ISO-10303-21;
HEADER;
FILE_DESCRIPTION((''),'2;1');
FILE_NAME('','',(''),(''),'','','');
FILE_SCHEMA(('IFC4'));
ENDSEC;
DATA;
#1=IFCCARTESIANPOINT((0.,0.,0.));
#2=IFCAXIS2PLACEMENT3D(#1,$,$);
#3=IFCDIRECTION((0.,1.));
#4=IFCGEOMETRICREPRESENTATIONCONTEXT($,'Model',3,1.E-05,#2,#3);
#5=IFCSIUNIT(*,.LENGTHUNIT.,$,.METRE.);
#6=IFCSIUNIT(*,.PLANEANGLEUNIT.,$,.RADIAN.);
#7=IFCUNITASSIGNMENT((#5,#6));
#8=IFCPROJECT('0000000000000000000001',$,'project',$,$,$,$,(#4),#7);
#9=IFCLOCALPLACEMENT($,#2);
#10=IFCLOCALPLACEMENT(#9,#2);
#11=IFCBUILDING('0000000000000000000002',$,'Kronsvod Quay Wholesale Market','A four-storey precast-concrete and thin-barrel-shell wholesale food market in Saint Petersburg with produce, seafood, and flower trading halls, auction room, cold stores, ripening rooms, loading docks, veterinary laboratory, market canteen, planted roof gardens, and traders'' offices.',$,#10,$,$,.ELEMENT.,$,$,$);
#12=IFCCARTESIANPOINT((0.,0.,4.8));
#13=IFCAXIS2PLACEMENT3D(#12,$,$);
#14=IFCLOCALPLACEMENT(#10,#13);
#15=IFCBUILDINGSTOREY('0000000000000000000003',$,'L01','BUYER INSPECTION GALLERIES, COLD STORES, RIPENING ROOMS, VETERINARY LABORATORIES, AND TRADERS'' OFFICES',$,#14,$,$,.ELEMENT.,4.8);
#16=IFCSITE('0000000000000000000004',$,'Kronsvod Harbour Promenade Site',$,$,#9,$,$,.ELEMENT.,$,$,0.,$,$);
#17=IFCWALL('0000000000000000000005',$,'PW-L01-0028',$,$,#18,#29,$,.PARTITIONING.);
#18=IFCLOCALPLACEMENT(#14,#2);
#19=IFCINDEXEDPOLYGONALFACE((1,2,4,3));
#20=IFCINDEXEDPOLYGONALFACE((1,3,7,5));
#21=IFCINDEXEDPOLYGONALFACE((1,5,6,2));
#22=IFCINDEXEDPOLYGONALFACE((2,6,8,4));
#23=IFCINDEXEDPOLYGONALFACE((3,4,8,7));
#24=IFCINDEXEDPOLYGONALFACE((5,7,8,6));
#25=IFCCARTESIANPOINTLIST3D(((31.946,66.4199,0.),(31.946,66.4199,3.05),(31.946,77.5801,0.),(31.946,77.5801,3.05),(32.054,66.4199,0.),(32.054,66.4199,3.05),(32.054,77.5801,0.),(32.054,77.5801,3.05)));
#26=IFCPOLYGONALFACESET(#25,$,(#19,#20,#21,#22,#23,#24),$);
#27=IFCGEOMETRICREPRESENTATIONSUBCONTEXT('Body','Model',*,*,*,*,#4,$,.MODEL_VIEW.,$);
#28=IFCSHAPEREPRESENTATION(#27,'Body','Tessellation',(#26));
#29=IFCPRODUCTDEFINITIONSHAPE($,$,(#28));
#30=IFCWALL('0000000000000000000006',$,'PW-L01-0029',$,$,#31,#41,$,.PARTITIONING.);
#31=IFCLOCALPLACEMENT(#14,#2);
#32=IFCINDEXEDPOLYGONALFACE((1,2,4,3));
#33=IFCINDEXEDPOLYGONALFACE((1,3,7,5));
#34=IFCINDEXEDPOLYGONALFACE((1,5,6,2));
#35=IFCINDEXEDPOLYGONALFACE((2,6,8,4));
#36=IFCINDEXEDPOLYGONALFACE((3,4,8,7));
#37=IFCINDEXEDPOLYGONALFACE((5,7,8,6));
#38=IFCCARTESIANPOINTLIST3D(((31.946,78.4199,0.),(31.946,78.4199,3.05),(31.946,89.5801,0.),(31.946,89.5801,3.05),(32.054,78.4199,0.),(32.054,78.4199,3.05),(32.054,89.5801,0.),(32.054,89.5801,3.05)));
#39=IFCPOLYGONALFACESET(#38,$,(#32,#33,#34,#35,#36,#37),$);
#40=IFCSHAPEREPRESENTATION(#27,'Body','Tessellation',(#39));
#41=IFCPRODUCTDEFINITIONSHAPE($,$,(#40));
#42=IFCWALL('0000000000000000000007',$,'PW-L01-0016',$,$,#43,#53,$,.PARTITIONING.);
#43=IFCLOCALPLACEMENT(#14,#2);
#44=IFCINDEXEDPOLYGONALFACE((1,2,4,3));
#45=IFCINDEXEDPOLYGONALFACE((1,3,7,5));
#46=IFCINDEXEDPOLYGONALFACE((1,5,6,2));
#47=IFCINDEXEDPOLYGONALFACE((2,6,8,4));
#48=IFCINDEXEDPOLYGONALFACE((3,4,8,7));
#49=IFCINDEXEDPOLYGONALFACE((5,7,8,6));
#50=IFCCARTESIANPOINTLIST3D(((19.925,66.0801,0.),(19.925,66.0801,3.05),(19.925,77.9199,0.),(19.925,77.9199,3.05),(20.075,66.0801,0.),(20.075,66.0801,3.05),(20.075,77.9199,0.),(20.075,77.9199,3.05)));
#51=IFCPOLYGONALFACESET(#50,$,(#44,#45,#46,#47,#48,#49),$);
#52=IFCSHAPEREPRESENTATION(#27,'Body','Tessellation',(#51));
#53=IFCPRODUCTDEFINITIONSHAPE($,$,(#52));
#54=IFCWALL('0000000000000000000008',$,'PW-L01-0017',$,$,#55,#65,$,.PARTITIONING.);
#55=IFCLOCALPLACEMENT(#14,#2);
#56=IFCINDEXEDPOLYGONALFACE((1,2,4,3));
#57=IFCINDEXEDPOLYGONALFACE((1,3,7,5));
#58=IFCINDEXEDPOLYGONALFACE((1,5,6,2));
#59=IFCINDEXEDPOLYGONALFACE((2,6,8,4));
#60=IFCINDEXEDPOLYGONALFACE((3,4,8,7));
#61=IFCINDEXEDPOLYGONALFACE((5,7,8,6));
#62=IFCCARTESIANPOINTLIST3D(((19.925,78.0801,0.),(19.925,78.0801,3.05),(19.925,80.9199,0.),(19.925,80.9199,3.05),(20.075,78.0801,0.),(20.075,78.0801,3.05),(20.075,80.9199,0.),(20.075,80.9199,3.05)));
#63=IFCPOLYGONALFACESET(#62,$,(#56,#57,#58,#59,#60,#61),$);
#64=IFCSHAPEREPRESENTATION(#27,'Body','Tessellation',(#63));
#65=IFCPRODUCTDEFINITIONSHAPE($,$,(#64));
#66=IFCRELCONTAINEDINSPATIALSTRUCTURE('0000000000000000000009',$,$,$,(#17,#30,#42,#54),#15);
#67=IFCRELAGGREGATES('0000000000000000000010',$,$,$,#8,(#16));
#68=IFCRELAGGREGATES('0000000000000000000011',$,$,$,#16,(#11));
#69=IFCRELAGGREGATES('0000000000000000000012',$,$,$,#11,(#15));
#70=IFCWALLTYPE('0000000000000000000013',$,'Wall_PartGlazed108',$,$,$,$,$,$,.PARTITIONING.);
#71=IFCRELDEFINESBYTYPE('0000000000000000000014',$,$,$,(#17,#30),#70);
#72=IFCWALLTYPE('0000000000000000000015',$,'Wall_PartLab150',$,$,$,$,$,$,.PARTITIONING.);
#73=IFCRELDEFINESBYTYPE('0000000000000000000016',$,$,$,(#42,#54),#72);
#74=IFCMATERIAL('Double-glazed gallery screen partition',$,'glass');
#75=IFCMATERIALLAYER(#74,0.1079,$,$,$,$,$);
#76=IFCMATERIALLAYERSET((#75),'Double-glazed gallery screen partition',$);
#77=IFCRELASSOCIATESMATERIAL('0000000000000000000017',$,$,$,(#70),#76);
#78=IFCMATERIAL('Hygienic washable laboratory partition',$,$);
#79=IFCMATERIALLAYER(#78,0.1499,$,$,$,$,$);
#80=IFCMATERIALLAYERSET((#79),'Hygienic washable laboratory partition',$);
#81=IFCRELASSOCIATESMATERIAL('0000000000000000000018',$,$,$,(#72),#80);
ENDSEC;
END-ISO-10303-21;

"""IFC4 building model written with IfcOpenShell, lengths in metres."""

from ifc_helpers import new_model, si_unit, direction, frame, frame_2d, origin, place, context, subcontext, project, spatial, rectangle, extrude, material, layer, layer_set, type_object, element, save


model = new_model("IFC4")

# Units and contexts
model_context = context("Model", 3, precision=1e-05, world=origin(), true_north=direction((0.0, 1.0)))
body_context = subcontext(model_context, "Body", "Model", "MODEL_VIEW")
ifc_project = project(units=[si_unit("LENGTHUNIT", "METRE"), si_unit("PLANEANGLEUNIT", "RADIAN")], contexts=[model_context])

# Site, building, storey
site_placement = place(None, origin())
site = spatial("IfcSite", under=ifc_project, at=site_placement, Name="Kronsvod Harbour Promenade Site", CompositionType="ELEMENT", RefElevation=0.0)
building_placement = place(site_placement, origin())
building = spatial("IfcBuilding", under=site, at=building_placement, Name="Kronsvod Quay Wholesale Market", Description="A four-storey precast-concrete and thin-barrel-shell wholesale food market in Saint Petersburg with produce, seafood, and flower trading halls, auction room, cold stores, ripening rooms, loading docks, veterinary laboratory, market canteen, planted roof gardens, and traders' offices.", CompositionType="ELEMENT")
storey_placement = place(building_placement, frame((0.0, 0.0, 4.8)))
storey = spatial("IfcBuildingStorey", under=building, at=storey_placement, Name="L01", Description="BUYER INSPECTION GALLERIES, COLD STORES, RIPENING ROOMS, VETERINARY LABORATORIES, AND TRADERS' OFFICES", CompositionType="ELEMENT", Elevation=4.8)

# Walls
ifc_material_1 = material(Name="Double-glazed gallery screen partition", Category="glass")
ifc_layer_1 = layer(ifc_material_1, 0.1079)
ifc_layer_set_1 = layer_set([ifc_layer_1], Name="Double-glazed gallery screen partition")
wall_type_1 = type_object("IfcWallType", Name="Wall_PartGlazed108", PredefinedType="PARTITIONING", material=ifc_layer_set_1)
for number, where, z_axis, x_axis, name in (
    (1, (32.0, 66.4199, 0.0), (0.0, 0.0, 1.0), (0.0, 1.0, 0.0), "PW-L01-0028"),
    (2, (32.0, 78.4199, 0.0), (0.0, 0.0, 1.0), (0.0, 1.0, 0.0), "PW-L01-0029"),
):
    element("IfcWall", number, at=place(storey_placement, frame(where, z_axis=z_axis, x_axis=x_axis)), inside=storey, type_object=wall_type_1, Name=name, PredefinedType="PARTITIONING", context=body_context, shape_type="SweptSolid", body=[
        extrude(rectangle(XDim=11.1602, YDim=0.1079, at=frame_2d((5.5801, 0.0))), origin(), (0.0, 0.0, 1.0), 3.05),
    ])
ifc_material_2 = material(Name="Hygienic washable laboratory partition")
ifc_layer_2 = layer(ifc_material_2, 0.1499)
ifc_layer_set_2 = layer_set([ifc_layer_2], Name="Hygienic washable laboratory partition")
wall_type_2 = type_object("IfcWallType", Name="Wall_PartLab150", PredefinedType="PARTITIONING", material=ifc_layer_set_2)
wall_1_placement = place(storey_placement, frame((20.0, 66.0801, 0.0), z_axis=(0.0, 0.0, 1.0), x_axis=(0.0, 1.0, 0.0)))
element("IfcWall", 3, at=wall_1_placement, inside=storey, type_object=wall_type_2, Name="PW-L01-0016", PredefinedType="PARTITIONING", context=body_context, shape_type="SweptSolid", body=[
    extrude(rectangle(XDim=11.8398, YDim=0.1499, at=frame_2d((5.9199, 0.0))), origin(), (0.0, 0.0, 1.0), 3.05),
])
wall_2_placement = place(storey_placement, frame((20.0, 78.0801, 0.0), z_axis=(0.0, 0.0, 1.0), x_axis=(0.0, 1.0, 0.0)))
element("IfcWall", 4, at=wall_2_placement, inside=storey, type_object=wall_type_2, Name="PW-L01-0017", PredefinedType="PARTITIONING", context=body_context, shape_type="SweptSolid", body=[
    extrude(rectangle(XDim=2.8398, YDim=0.1499, at=frame_2d((1.4199, 0.0))), origin(), (0.0, 0.0, 1.0), 3.05),
])

save(model, "model.ifc")
